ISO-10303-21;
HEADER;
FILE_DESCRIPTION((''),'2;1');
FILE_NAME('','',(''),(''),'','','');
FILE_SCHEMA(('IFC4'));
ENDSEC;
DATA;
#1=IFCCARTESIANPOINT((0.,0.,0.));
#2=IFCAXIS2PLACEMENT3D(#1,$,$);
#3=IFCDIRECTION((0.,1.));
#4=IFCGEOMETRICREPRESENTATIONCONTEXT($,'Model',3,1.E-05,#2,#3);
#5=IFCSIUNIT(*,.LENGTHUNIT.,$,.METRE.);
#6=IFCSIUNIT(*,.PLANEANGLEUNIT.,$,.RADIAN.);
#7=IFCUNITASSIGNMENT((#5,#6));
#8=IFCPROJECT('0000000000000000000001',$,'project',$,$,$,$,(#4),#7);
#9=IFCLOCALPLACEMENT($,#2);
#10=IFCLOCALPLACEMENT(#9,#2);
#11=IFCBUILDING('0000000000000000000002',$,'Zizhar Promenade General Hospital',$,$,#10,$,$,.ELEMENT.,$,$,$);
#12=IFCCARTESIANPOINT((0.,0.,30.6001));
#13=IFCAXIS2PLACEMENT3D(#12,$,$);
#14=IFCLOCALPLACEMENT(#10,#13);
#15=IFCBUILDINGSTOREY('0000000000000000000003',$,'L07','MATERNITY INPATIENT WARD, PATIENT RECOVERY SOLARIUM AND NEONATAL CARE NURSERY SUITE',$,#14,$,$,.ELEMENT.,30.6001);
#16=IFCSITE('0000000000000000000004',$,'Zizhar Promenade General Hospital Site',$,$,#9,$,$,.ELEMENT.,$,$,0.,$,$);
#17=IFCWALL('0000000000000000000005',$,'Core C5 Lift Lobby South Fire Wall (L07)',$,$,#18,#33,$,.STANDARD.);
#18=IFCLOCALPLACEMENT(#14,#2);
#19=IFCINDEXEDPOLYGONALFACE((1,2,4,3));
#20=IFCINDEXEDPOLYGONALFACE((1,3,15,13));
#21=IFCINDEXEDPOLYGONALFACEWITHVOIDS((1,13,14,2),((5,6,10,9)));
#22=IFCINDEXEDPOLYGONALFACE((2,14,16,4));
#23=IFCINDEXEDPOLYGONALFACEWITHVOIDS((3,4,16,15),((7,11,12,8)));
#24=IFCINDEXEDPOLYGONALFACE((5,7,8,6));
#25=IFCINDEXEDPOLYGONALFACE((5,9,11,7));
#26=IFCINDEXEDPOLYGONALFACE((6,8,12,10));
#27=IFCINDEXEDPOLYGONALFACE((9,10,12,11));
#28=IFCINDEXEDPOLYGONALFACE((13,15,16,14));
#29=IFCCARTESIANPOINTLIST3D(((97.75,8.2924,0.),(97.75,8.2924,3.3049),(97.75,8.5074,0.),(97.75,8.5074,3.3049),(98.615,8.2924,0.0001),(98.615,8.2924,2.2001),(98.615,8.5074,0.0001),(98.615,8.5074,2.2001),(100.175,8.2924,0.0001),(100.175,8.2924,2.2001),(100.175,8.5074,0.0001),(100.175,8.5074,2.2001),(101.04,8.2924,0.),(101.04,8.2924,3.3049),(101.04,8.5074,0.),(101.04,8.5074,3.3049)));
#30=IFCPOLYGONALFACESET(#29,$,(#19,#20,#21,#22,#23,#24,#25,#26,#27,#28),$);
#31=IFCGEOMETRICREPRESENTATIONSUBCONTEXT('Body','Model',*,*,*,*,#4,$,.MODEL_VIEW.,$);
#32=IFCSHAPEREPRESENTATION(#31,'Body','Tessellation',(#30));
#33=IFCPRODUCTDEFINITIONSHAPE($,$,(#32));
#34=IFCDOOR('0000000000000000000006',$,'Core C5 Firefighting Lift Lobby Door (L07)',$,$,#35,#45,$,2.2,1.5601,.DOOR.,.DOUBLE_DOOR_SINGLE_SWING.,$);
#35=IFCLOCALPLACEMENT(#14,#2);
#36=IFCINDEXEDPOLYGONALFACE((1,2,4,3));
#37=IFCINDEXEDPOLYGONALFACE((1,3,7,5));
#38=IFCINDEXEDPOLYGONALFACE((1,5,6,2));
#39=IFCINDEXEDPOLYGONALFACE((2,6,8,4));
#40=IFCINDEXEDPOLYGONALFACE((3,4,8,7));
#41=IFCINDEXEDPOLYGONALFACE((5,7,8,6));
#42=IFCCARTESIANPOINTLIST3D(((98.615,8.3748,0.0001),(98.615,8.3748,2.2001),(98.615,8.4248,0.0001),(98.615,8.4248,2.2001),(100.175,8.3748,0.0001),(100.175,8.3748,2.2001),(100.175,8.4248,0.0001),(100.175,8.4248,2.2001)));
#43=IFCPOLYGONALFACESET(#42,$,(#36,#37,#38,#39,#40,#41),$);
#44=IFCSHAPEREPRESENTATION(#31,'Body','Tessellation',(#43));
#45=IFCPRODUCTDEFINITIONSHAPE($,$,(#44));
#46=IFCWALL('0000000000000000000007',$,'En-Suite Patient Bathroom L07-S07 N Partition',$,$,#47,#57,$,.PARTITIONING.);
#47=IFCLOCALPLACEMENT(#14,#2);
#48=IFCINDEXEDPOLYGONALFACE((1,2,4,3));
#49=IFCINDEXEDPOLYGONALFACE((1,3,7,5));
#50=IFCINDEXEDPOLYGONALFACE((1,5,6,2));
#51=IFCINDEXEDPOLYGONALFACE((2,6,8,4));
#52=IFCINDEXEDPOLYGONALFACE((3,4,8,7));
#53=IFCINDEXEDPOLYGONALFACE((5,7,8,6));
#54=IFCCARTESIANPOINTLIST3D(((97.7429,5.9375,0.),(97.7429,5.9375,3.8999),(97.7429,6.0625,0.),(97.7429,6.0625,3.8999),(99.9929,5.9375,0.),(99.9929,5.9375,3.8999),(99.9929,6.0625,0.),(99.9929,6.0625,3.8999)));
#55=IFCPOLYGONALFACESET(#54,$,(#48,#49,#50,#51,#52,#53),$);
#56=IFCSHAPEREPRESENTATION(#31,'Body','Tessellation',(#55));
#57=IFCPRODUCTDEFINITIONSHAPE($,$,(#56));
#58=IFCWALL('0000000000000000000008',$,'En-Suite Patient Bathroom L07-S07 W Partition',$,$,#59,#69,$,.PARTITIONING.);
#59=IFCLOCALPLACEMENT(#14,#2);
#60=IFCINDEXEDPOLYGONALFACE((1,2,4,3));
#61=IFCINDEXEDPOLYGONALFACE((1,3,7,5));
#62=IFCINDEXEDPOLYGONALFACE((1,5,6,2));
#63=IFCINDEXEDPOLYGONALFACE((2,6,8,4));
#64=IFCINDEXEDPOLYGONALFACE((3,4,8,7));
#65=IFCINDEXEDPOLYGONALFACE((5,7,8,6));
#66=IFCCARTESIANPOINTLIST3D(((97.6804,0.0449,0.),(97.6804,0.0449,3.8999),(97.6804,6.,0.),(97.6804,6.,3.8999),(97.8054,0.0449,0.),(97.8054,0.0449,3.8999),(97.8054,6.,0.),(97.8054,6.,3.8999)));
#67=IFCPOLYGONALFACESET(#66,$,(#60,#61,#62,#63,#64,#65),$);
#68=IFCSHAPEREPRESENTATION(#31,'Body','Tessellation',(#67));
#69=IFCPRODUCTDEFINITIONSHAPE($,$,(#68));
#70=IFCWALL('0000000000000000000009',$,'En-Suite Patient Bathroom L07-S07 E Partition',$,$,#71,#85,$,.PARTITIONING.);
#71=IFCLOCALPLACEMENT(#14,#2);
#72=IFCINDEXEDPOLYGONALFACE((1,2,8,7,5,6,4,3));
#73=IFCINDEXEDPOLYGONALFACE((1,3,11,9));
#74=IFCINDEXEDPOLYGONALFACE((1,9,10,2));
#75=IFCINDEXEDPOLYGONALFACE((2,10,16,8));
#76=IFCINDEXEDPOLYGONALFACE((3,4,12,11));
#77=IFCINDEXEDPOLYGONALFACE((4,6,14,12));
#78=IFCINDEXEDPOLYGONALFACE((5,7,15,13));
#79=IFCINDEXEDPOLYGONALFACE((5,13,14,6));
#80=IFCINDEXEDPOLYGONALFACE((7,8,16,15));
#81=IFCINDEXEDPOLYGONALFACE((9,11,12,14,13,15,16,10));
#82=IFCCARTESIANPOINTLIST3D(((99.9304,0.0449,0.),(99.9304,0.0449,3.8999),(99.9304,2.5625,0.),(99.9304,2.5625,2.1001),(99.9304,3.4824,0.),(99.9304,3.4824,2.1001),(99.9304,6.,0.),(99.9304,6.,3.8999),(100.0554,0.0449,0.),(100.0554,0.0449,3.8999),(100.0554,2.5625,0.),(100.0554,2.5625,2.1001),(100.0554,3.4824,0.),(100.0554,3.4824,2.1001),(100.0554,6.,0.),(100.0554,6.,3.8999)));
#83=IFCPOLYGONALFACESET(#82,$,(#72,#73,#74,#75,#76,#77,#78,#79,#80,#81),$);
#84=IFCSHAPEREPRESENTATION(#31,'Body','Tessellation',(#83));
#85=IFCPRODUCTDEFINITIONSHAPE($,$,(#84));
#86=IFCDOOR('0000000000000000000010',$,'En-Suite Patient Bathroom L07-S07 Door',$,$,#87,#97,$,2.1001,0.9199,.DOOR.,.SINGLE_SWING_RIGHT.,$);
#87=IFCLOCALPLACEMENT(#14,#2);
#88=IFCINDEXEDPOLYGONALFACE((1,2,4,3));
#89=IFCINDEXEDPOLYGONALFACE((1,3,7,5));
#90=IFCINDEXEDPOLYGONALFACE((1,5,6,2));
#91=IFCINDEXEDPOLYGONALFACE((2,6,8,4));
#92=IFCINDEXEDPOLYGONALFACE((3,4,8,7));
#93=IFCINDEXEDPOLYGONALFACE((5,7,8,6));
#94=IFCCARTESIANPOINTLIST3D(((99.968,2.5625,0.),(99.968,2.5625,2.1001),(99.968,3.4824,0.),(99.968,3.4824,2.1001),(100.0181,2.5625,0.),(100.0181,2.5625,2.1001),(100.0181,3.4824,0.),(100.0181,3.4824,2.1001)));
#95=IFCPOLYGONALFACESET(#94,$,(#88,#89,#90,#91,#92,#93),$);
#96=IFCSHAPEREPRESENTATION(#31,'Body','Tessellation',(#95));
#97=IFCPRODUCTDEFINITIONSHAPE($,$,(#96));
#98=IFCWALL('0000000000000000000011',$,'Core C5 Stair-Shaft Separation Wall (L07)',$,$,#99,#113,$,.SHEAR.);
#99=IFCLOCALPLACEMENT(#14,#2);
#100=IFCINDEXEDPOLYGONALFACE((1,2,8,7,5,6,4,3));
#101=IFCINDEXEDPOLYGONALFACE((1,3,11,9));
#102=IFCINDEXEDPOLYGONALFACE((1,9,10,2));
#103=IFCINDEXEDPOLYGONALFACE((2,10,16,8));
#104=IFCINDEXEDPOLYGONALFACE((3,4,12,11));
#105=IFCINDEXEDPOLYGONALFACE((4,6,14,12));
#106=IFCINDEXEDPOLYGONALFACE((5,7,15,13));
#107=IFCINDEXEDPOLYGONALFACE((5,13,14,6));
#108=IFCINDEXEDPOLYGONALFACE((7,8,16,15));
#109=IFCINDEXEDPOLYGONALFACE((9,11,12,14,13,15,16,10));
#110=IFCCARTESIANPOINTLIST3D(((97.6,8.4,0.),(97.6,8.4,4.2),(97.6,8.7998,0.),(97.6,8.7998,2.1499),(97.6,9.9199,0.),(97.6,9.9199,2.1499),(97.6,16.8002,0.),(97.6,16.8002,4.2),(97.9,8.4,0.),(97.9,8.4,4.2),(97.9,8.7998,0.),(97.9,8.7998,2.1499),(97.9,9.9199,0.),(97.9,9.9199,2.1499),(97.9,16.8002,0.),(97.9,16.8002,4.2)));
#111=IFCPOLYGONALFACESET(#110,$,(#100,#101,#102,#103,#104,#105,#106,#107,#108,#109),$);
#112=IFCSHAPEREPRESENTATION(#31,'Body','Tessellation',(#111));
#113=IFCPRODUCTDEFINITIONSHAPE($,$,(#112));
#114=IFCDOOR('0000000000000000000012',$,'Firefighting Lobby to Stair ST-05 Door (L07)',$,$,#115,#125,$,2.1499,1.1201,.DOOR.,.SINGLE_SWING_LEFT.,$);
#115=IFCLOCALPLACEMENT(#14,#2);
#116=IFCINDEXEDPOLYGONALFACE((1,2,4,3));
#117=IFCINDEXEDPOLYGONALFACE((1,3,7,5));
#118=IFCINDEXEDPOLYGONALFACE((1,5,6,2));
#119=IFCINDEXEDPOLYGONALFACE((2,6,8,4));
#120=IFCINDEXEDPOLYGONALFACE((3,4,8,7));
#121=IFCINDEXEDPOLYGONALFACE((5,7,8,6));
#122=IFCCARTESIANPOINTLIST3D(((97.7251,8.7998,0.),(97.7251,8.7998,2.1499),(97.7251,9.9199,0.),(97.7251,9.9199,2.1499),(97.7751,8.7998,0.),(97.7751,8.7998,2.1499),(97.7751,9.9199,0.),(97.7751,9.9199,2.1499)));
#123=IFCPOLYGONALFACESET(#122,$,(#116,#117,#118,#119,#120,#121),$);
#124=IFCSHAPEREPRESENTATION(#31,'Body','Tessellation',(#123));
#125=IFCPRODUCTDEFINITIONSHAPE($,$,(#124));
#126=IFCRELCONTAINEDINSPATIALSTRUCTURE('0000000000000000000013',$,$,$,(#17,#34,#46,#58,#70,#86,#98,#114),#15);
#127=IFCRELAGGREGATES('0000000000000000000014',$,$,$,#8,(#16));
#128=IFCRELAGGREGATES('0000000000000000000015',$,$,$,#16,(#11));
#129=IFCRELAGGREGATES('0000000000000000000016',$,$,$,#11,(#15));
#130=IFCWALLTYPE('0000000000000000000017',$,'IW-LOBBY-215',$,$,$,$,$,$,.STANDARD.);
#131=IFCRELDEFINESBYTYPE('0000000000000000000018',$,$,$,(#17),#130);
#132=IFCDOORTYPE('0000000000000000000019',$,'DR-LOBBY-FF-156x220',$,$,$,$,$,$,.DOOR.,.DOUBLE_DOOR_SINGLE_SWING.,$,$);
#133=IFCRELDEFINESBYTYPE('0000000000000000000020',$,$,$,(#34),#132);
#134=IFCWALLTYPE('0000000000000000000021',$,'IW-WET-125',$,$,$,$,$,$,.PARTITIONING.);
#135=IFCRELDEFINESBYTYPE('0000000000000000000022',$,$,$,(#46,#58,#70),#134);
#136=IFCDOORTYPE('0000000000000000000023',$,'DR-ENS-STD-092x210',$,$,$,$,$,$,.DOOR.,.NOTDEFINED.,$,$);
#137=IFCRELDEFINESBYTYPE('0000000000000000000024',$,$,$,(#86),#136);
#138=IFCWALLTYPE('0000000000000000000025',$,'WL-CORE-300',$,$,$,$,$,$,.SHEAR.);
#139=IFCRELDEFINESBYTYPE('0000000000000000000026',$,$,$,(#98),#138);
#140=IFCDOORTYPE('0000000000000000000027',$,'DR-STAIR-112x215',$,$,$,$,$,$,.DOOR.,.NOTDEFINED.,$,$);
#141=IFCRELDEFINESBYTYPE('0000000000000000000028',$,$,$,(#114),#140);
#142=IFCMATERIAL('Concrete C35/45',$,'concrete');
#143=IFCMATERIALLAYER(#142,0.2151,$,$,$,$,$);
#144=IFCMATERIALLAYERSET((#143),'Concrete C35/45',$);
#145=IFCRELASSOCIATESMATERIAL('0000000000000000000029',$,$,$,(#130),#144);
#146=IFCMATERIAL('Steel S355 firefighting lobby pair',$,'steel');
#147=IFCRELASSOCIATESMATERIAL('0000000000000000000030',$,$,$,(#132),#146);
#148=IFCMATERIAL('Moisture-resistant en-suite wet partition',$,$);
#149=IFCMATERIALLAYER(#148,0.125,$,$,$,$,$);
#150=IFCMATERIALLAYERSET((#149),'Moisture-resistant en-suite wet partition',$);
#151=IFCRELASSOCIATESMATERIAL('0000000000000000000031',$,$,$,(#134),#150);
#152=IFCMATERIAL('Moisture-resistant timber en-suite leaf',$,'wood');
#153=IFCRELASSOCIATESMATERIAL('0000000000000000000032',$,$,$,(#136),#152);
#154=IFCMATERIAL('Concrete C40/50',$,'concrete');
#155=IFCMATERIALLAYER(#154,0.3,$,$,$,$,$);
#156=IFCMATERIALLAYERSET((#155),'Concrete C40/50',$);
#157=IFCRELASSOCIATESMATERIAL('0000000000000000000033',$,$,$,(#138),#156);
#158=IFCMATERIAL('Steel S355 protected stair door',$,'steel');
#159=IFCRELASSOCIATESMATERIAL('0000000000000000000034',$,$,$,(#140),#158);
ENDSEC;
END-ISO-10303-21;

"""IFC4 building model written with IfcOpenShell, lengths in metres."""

from ifc_helpers import new_model, si_unit, direction, frame, frame_2d, origin, place, context, subcontext, project, spatial, rectangle, extrude, material, layer, layer_set, type_object, element, fill, save


model = new_model("IFC4")

# Units and contexts
model_context = context("Model", 3, precision=1e-05, world=origin(), true_north=direction((0.0, 1.0)))
body_context = subcontext(model_context, "Body", "Model", "MODEL_VIEW")
ifc_project = project(units=[si_unit("LENGTHUNIT", "METRE"), si_unit("PLANEANGLEUNIT", "RADIAN")], contexts=[model_context])

# Site, building, storey
site_placement = place(None, origin())
site = spatial("IfcSite", under=ifc_project, at=site_placement, Name="Zizhar Promenade General Hospital Site", CompositionType="ELEMENT", RefElevation=0.0)
building_placement = place(site_placement, origin())
building = spatial("IfcBuilding", under=site, at=building_placement, Name="Zizhar Promenade General Hospital", CompositionType="ELEMENT")
storey_placement = place(building_placement, frame((0.0, 0.0, 30.6001)))
storey = spatial("IfcBuildingStorey", under=building, at=storey_placement, Name="L07", Description="MATERNITY INPATIENT WARD, PATIENT RECOVERY SOLARIUM AND NEONATAL CARE NURSERY SUITE", CompositionType="ELEMENT", Elevation=30.6001)

# Wall, opening, door
ifc_material_1 = material(Name="Concrete C35/45", Category="concrete")
ifc_layer_1 = layer(ifc_material_1, 0.2151)
ifc_layer_set_1 = layer_set([ifc_layer_1], Name="Concrete C35/45")
wall_type_1 = type_object("IfcWallType", Name="IW-LOBBY-215", PredefinedType="STANDARD", material=ifc_layer_set_1)
wall_1_placement = place(storey_placement, frame((97.75, 8.3999, 0.0), z_axis=(0.0, 0.0, 1.0), x_axis=(1.0, 0.0, 0.0)))
wall_1 = element("IfcWall", 1, at=wall_1_placement, inside=storey, type_object=wall_type_1, Name="Core C5 Lift Lobby South Fire Wall (L07)", PredefinedType="STANDARD", context=body_context, shape_type="SweptSolid", body=[
    extrude(rectangle(XDim=3.29, YDim=0.2151, at=frame_2d((1.645, 0.0))), origin(), (0.0, 0.0, 1.0), 3.3049),
])
opening_1_placement = place(wall_1_placement, frame((0.865, 0.0, 0.0)))
opening_1 = element("IfcOpeningElement", 2, at=opening_1_placement, cuts=wall_1, PredefinedType="OPENING", context=body_context, shape_type="SweptSolid", body=[
    extrude(rectangle(XDim=1.5601, YDim=2.2, at=frame_2d((0.78, 1.1001))), frame((0.0, 0.1177, 0.0), z_axis=(0.0, -1.0, 0.0), x_axis=(1.0, 0.0, 0.0)), (0.0, 0.0, 1.0), 0.2351),
])
ifc_material_2 = material(Name="Steel S355 firefighting lobby pair", Category="steel")
door_type_1 = type_object("IfcDoorType", Name="DR-LOBBY-FF-156x220", OperationType="DOUBLE_DOOR_SINGLE_SWING", PredefinedType="DOOR", material=ifc_material_2)
door_1_placement = place(opening_1_placement, origin())
door_1 = element("IfcDoor", 3, at=door_1_placement, inside=storey, type_object=door_type_1, Name="Core C5 Firefighting Lift Lobby Door (L07)", OperationType="DOUBLE_DOOR_SINGLE_SWING", OverallHeight=2.2, OverallWidth=1.5601, PredefinedType="DOOR", context=body_context, shape_type="SweptSolid", body=[
    extrude(rectangle(XDim=1.5601, YDim=2.2, at=frame_2d((0.78, 1.1001))), frame((0.0, 0.0249, 0.0), z_axis=(0.0, -1.0, 0.0), x_axis=(1.0, 0.0, 0.0)), (0.0, 0.0, 1.0), 0.05),
])
fill(opening_1, door_1)

# Walls
ifc_material_3 = material(Name="Moisture-resistant en-suite wet partition")
ifc_layer_2 = layer(ifc_material_3, 0.125)
ifc_layer_set_2 = layer_set([ifc_layer_2], Name="Moisture-resistant en-suite wet partition")
wall_type_2 = type_object("IfcWallType", Name="IW-WET-125", PredefinedType="PARTITIONING", material=ifc_layer_set_2)
wall_2_placement = place(storey_placement, frame((97.7429, 6.0, 0.0), z_axis=(0.0, 0.0, 1.0), x_axis=(1.0, 0.0, 0.0)))
element("IfcWall", 4, at=wall_2_placement, inside=storey, type_object=wall_type_2, Name="En-Suite Patient Bathroom L07-S07 N Partition", PredefinedType="PARTITIONING", context=body_context, shape_type="SweptSolid", body=[
    extrude(rectangle(XDim=2.25, YDim=0.125, at=frame_2d((1.125, 0.0))), origin(), (0.0, 0.0, 1.0), 3.8999),
])
wall_3_placement = place(storey_placement, frame((97.7429, 0.0449, 0.0), z_axis=(0.0, 0.0, 1.0), x_axis=(0.0, 1.0, 0.0)))
element("IfcWall", 5, at=wall_3_placement, inside=storey, type_object=wall_type_2, Name="En-Suite Patient Bathroom L07-S07 W Partition", PredefinedType="PARTITIONING", context=body_context, shape_type="SweptSolid", body=[
    extrude(rectangle(XDim=5.9551, YDim=0.125, at=frame_2d((2.9775, 0.0))), origin(), (0.0, 0.0, 1.0), 3.8999),
])

# Walls, openings, doors
wall_4_placement = place(storey_placement, frame((99.9929, 0.0449, 0.0), z_axis=(0.0, 0.0, 1.0), x_axis=(0.0, 1.0, 0.0)))
wall_4 = element("IfcWall", 6, at=wall_4_placement, inside=storey, type_object=wall_type_2, Name="En-Suite Patient Bathroom L07-S07 E Partition", PredefinedType="PARTITIONING", context=body_context, shape_type="SweptSolid", body=[
    extrude(rectangle(XDim=5.9551, YDim=0.125, at=frame_2d((2.9775, 0.0))), origin(), (0.0, 0.0, 1.0), 3.8999),
])
opening_2_placement = place(wall_4_placement, frame((2.5176, 0.0, 0.0)))
opening_2 = element("IfcOpeningElement", 7, at=opening_2_placement, cuts=wall_4, PredefinedType="OPENING", context=body_context, shape_type="SweptSolid", body=[
    extrude(rectangle(XDim=0.9199, YDim=2.1001, at=frame_2d((0.46, 1.05))), frame((0.0, 0.0725, 0.0), z_axis=(0.0, -1.0, 0.0), x_axis=(1.0, 0.0, 0.0)), (0.0, 0.0, 1.0), 0.145),
])
ifc_material_4 = material(Name="Moisture-resistant timber en-suite leaf", Category="wood")
door_type_2 = type_object("IfcDoorType", Name="DR-ENS-STD-092x210", OperationType="NOTDEFINED", PredefinedType="DOOR", material=ifc_material_4)
door_2_placement = place(opening_2_placement, origin())
door_2 = element("IfcDoor", 8, at=door_2_placement, inside=storey, type_object=door_type_2, Name="En-Suite Patient Bathroom L07-S07 Door", OperationType="SINGLE_SWING_RIGHT", OverallHeight=2.1001, OverallWidth=0.9199, PredefinedType="DOOR", context=body_context, shape_type="SweptSolid", body=[
    extrude(rectangle(XDim=0.9199, YDim=2.1001, at=frame_2d((0.46, 1.05))), frame((0.0, 0.0249, 0.0), z_axis=(0.0, -1.0, 0.0), x_axis=(1.0, 0.0, 0.0)), (0.0, 0.0, 1.0), 0.05),
])
fill(opening_2, door_2)
ifc_material_5 = material(Name="Concrete C40/50", Category="concrete")
ifc_layer_3 = layer(ifc_material_5, 0.3)
ifc_layer_set_3 = layer_set([ifc_layer_3], Name="Concrete C40/50")
wall_type_3 = type_object("IfcWallType", Name="WL-CORE-300", PredefinedType="SHEAR", material=ifc_layer_set_3)
wall_5_placement = place(storey_placement, frame((97.75, 8.3999, 0.0), z_axis=(0.0, 0.0, 1.0), x_axis=(0.0, 1.0, 0.0)))
wall_5 = element("IfcWall", 9, at=wall_5_placement, inside=storey, type_object=wall_type_3, Name="Core C5 Stair-Shaft Separation Wall (L07)", PredefinedType="SHEAR", context=body_context, shape_type="SweptSolid", body=[
    extrude(rectangle(XDim=8.4001, YDim=0.3, at=frame_2d((4.2002, 0.0))), origin(), (0.0, 0.0, 1.0), 4.2),
])
opening_3_placement = place(wall_5_placement, frame((0.3999, 0.0, 0.0)))
opening_3 = element("IfcOpeningElement", 10, at=opening_3_placement, cuts=wall_5, PredefinedType="OPENING", context=body_context, shape_type="SweptSolid", body=[
    extrude(rectangle(XDim=1.1201, YDim=2.1499, at=frame_2d((0.5601, 1.075))), frame((0.0, 0.1602, 0.0), z_axis=(0.0, -1.0, 0.0), x_axis=(1.0, 0.0, 0.0)), (0.0, 0.0, 1.0), 0.3201),
])
ifc_material_6 = material(Name="Steel S355 protected stair door", Category="steel")
door_type_3 = type_object("IfcDoorType", Name="DR-STAIR-112x215", OperationType="NOTDEFINED", PredefinedType="DOOR", material=ifc_material_6)
door_3_placement = place(opening_3_placement, origin())
door_3 = element("IfcDoor", 11, at=door_3_placement, inside=storey, type_object=door_type_3, Name="Firefighting Lobby to Stair ST-05 Door (L07)", OperationType="SINGLE_SWING_LEFT", OverallHeight=2.1499, OverallWidth=1.1201, PredefinedType="DOOR", context=body_context, shape_type="SweptSolid", body=[
    extrude(rectangle(XDim=1.1201, YDim=2.1499, at=frame_2d((0.5601, 1.075))), frame((0.0, 0.0249, 0.0), z_axis=(0.0, -1.0, 0.0), x_axis=(1.0, 0.0, 0.0)), (0.0, 0.0, 1.0), 0.05),
])
fill(opening_3, door_3)

save(model, "model.ifc")
